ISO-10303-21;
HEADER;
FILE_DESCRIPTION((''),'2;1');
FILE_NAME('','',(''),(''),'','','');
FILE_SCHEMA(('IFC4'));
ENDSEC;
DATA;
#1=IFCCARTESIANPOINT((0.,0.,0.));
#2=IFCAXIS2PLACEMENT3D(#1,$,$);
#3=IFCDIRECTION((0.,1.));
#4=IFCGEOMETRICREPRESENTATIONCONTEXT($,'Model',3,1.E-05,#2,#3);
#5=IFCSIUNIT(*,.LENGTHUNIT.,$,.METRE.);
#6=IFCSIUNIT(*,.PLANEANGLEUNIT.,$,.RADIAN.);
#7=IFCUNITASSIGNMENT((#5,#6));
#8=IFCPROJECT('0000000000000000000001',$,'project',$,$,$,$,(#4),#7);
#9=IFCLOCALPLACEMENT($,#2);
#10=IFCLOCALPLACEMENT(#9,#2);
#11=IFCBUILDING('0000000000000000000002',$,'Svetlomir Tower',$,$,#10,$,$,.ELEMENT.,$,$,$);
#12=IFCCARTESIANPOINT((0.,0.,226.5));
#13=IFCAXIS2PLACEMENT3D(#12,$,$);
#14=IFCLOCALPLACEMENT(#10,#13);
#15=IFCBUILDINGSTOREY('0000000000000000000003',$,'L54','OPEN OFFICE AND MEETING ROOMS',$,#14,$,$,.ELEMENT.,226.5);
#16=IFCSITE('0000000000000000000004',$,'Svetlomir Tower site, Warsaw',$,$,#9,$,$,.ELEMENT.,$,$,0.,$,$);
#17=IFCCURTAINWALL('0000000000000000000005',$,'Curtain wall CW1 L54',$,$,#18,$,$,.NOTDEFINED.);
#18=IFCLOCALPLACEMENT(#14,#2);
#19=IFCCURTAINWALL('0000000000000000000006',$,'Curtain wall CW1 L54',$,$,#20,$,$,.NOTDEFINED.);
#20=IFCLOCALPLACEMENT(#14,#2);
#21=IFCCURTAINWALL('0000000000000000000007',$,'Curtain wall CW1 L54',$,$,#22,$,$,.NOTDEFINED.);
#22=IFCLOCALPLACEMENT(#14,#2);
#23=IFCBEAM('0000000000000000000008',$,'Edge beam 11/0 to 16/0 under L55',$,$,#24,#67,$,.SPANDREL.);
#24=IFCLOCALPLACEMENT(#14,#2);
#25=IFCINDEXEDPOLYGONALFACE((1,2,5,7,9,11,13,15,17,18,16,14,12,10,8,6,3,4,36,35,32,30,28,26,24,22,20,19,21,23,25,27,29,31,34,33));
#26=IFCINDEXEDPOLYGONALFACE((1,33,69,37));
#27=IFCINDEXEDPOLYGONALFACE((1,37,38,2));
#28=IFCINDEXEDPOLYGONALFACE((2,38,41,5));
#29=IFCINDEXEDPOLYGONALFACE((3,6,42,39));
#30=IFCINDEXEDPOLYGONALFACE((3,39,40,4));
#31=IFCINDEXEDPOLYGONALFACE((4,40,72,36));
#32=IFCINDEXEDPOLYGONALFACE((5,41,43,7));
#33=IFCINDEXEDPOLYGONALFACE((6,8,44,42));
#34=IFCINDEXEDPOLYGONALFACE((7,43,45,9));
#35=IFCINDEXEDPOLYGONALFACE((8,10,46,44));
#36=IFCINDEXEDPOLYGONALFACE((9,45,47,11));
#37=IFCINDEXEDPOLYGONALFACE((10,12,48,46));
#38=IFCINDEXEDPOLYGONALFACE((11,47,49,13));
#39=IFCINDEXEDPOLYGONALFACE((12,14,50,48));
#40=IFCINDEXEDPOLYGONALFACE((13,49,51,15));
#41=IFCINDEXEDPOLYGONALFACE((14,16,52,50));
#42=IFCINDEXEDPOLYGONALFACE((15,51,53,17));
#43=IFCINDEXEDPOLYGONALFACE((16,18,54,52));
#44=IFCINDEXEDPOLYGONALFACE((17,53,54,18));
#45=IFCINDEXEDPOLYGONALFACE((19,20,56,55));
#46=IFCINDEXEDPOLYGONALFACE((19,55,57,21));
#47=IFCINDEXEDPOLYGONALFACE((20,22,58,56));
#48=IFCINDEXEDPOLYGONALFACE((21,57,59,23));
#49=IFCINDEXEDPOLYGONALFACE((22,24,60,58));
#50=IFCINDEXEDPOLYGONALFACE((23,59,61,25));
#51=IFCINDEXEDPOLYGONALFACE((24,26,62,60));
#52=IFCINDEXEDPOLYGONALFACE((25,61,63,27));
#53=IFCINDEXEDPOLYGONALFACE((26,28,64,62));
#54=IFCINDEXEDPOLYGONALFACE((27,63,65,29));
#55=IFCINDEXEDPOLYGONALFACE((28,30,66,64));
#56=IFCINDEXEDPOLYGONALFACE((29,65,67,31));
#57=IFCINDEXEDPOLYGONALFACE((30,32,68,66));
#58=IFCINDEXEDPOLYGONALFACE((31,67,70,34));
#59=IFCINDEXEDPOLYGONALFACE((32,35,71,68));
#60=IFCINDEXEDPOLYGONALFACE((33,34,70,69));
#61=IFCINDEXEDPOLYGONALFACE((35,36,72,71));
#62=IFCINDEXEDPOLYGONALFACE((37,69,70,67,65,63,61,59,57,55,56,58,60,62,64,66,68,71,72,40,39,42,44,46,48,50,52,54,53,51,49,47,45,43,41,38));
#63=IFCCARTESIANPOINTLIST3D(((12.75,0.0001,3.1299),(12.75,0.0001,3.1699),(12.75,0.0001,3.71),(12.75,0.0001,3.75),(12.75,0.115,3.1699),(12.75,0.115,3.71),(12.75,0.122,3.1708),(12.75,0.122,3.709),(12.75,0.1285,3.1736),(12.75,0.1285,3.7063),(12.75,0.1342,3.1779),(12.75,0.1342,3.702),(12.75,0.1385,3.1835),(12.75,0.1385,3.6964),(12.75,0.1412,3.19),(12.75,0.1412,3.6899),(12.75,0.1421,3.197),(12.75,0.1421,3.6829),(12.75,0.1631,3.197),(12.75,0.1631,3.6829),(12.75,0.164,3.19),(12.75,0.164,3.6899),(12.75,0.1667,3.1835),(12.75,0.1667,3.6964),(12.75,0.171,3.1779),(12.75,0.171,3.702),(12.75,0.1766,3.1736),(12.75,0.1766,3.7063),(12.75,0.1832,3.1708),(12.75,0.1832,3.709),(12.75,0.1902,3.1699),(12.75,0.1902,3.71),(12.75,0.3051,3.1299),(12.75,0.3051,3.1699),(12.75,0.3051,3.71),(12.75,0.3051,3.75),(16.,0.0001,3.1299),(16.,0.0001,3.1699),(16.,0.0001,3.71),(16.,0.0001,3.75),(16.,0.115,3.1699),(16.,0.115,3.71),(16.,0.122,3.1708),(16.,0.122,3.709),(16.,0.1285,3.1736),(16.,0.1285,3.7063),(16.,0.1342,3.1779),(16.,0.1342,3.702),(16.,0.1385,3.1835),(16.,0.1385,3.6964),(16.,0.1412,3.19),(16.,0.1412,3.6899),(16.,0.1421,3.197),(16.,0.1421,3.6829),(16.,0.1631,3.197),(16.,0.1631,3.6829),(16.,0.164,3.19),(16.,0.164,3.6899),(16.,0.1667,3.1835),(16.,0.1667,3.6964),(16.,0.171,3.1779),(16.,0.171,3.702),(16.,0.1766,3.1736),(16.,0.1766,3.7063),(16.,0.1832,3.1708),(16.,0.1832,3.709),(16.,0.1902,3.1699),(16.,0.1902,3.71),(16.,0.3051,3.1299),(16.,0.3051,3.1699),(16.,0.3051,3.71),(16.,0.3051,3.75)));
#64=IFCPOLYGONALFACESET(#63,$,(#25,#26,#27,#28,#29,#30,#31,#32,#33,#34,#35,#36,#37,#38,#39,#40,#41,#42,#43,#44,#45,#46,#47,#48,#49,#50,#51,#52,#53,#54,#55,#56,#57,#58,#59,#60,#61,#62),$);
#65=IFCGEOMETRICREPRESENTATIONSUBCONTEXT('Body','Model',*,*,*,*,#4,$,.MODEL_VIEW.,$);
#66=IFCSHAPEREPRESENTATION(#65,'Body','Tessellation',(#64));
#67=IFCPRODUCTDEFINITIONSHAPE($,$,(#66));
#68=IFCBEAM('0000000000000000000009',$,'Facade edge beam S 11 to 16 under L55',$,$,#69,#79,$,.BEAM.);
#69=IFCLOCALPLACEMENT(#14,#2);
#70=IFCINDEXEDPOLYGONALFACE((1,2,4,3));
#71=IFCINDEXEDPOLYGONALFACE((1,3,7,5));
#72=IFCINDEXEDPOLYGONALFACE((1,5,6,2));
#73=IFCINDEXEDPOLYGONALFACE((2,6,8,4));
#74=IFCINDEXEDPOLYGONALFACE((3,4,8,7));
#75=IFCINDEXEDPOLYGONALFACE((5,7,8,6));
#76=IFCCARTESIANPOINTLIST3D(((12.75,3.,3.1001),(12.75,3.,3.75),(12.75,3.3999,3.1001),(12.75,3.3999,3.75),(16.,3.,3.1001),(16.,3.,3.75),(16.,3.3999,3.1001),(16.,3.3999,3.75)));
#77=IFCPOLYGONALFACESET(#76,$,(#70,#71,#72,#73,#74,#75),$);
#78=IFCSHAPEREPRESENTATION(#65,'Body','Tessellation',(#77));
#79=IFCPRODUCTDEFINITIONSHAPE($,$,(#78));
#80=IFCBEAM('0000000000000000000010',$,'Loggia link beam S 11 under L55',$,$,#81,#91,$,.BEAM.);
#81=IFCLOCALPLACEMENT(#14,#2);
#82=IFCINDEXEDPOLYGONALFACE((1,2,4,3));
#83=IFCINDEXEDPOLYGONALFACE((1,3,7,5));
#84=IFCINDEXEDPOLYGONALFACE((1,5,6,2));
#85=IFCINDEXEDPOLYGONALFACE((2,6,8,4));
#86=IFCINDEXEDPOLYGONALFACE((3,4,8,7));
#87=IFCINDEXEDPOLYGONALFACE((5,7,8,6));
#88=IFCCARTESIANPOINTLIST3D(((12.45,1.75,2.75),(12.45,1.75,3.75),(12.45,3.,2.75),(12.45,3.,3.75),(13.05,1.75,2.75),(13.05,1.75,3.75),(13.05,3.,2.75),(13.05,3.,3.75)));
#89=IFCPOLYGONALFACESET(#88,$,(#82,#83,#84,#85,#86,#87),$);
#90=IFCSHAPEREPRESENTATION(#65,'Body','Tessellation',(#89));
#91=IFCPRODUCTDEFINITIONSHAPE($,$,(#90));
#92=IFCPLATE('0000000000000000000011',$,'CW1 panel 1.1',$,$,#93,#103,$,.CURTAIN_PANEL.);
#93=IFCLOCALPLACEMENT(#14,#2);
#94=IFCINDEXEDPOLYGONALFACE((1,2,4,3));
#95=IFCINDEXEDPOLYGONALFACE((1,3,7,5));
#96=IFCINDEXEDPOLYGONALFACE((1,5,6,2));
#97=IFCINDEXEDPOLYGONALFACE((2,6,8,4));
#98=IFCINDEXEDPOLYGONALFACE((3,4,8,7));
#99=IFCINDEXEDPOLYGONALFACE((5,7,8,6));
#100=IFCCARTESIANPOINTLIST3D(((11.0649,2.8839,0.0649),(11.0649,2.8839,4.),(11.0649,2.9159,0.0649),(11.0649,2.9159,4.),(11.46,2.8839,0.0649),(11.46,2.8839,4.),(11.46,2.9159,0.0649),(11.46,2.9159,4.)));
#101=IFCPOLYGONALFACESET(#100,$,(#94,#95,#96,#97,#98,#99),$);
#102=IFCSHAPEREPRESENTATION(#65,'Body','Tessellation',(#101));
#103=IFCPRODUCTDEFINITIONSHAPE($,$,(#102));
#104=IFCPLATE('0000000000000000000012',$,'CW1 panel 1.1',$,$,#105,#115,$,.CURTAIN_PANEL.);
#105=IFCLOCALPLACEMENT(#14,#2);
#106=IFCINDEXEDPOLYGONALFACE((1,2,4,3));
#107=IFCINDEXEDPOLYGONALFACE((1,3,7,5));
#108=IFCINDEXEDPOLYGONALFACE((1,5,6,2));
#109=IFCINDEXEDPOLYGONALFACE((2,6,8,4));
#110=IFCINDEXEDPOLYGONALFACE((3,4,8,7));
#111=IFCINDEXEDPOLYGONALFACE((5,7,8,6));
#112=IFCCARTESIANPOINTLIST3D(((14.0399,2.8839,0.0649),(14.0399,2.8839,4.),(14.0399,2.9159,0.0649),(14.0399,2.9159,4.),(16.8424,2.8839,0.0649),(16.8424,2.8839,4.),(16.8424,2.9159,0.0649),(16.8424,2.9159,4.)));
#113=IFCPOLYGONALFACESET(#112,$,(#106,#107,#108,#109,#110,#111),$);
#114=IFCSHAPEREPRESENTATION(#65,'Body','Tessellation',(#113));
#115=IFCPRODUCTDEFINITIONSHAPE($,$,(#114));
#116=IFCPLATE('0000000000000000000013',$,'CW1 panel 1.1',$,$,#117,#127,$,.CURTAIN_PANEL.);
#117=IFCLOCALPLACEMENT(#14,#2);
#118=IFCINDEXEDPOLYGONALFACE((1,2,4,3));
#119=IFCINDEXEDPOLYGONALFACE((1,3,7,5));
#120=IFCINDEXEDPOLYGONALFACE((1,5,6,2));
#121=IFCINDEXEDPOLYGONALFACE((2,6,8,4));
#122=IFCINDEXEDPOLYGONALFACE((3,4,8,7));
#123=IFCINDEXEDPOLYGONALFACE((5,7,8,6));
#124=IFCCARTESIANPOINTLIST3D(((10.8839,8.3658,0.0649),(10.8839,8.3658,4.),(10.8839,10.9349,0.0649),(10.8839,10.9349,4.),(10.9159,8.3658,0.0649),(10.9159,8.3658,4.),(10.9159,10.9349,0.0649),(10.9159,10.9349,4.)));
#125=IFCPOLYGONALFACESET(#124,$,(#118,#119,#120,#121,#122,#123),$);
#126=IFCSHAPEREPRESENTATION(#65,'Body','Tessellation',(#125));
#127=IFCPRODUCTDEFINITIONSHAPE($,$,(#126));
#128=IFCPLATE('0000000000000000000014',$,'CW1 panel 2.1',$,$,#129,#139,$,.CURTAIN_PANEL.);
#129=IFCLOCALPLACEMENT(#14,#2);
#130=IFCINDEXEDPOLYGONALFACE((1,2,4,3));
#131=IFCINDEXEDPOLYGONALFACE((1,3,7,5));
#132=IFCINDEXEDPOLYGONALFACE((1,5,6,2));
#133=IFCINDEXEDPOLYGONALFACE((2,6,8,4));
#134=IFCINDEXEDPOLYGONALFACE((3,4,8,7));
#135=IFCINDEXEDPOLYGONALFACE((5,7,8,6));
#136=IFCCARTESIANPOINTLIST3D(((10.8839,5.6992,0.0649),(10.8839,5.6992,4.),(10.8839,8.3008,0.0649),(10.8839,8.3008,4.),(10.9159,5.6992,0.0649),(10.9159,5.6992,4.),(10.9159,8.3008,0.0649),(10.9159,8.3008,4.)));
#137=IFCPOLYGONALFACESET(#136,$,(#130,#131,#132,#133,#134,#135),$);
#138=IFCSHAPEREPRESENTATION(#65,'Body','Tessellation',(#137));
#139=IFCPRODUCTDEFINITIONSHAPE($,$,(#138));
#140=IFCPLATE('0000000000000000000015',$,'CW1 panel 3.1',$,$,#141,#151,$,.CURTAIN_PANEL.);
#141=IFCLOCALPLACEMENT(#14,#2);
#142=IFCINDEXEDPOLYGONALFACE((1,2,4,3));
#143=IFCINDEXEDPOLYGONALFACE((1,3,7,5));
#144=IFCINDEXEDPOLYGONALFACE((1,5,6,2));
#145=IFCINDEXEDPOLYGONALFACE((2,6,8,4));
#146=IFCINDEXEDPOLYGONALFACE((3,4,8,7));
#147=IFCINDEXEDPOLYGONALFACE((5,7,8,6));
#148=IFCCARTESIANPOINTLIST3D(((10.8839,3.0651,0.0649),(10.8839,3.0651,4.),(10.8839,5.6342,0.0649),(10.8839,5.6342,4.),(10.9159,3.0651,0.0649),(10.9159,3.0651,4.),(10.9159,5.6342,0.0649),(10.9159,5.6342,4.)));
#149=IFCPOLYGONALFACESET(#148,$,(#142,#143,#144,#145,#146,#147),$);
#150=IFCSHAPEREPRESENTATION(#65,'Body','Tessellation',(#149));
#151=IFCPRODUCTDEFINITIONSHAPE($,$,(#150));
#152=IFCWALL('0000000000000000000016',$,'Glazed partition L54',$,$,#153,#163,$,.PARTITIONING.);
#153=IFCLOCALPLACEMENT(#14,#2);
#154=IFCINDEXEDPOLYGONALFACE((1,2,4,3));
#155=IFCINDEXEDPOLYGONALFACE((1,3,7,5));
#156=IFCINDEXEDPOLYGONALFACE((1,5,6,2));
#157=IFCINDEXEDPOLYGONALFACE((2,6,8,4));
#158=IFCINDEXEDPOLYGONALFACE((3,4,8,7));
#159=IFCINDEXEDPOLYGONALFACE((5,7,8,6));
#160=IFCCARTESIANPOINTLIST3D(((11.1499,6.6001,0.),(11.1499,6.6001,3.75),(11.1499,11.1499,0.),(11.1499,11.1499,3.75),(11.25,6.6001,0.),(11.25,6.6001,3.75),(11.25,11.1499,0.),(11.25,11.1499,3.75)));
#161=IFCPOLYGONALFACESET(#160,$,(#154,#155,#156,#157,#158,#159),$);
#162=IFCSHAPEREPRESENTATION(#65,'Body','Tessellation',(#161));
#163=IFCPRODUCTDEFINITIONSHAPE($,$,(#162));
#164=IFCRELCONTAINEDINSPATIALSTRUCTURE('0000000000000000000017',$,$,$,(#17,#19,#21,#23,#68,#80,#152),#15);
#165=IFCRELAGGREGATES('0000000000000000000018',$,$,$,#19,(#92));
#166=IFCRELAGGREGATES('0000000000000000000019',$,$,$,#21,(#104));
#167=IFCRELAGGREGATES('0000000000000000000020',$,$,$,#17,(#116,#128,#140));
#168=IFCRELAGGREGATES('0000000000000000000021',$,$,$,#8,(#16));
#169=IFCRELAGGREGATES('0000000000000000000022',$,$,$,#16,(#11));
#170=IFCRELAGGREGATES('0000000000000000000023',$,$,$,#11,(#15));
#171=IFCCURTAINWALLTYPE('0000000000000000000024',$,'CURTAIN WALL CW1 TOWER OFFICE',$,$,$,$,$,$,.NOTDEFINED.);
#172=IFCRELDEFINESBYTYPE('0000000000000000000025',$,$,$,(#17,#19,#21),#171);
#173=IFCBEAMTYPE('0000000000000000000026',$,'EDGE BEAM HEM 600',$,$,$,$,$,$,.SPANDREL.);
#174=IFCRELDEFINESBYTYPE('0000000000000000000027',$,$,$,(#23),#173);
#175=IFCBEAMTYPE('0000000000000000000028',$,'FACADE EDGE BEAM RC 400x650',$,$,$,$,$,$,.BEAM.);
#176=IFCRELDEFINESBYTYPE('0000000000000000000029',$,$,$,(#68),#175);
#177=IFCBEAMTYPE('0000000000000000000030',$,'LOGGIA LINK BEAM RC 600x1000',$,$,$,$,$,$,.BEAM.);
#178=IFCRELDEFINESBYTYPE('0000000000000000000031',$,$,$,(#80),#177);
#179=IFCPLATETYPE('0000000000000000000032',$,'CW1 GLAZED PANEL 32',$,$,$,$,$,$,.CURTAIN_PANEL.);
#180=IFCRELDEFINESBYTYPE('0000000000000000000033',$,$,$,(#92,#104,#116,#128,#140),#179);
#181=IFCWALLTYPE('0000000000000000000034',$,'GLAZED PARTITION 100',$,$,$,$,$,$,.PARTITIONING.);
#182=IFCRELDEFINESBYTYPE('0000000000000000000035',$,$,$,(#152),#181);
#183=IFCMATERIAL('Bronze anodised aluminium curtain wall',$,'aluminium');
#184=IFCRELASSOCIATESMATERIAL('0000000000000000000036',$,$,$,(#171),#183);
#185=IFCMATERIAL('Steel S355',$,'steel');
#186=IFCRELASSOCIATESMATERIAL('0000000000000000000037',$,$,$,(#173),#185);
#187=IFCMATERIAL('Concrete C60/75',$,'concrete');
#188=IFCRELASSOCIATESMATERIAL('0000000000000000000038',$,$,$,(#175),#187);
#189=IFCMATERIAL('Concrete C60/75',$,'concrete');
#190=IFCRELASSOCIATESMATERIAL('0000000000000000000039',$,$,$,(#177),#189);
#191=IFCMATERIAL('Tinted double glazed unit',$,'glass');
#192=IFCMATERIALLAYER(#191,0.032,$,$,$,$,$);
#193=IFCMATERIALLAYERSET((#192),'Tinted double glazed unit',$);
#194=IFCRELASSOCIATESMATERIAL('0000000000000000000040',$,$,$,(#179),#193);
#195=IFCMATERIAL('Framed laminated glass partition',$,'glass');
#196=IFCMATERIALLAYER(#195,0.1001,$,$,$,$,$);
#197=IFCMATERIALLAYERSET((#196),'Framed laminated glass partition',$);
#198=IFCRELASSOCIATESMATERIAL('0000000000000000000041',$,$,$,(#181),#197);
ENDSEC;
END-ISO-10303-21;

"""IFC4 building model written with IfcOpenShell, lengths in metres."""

from ifc_helpers import new_model, si_unit, direction, frame, frame_2d, origin, origin_2d, place, context, subcontext, project, spatial, rectangle, i_section, extrude, material, layer, layer_set, material_profile, profile_set, type_object, element, aggregate, save


model = new_model("IFC4")

# Units and contexts
model_context = context("Model", 3, precision=1e-05, world=origin(), true_north=direction((0.0, 1.0)))
body_context = subcontext(model_context, "Body", "Model", "MODEL_VIEW")
ifc_project = project(units=[si_unit("LENGTHUNIT", "METRE"), si_unit("PLANEANGLEUNIT", "RADIAN")], contexts=[model_context])

# Site, building, storey
site_placement = place(None, origin())
site = spatial("IfcSite", under=ifc_project, at=site_placement, Name="Svetlomir Tower site, Warsaw", CompositionType="ELEMENT", RefElevation=0.0)
building_placement = place(site_placement, origin())
building = spatial("IfcBuilding", under=site, at=building_placement, Name="Svetlomir Tower", CompositionType="ELEMENT")
storey_placement = place(building_placement, frame((0.0, 0.0, 226.5)))
storey = spatial("IfcBuildingStorey", under=building, at=storey_placement, Name="L54", Description="OPEN OFFICE AND MEETING ROOMS", CompositionType="ELEMENT", Elevation=226.5)

# Curtain wall
ifc_material_1 = material(Name="Bronze anodised aluminium curtain wall", Category="aluminium")
curtain_wall_type = type_object("IfcCurtainWallType", Name="CURTAIN WALL CW1 TOWER OFFICE", PredefinedType="NOTDEFINED", material=ifc_material_1)
curtain_wall_1_placement = place(storey_placement, origin())
curtain_wall_1 = element("IfcCurtainWall", 1, at=curtain_wall_1_placement, inside=storey, type_object=curtain_wall_type, Name="Curtain wall CW1 L54", PredefinedType="NOTDEFINED")

# Curtain wall
curtain_wall_2_placement = place(storey_placement, origin())
curtain_wall_2 = element("IfcCurtainWall", 2, at=curtain_wall_2_placement, inside=storey, type_object=curtain_wall_type, Name="Curtain wall CW1 L54", PredefinedType="NOTDEFINED")

# Curtain wall
curtain_wall_3_placement = place(storey_placement, origin())
curtain_wall_3 = element("IfcCurtainWall", 3, at=curtain_wall_3_placement, inside=storey, type_object=curtain_wall_type, Name="Curtain wall CW1 L54", PredefinedType="NOTDEFINED")

# Beams
ifc_material_2 = material(Name="Steel S355", Category="steel")
ifc_material_profile_1 = material_profile(ifc_material_2, i_section(OverallWidth=0.3049, OverallDepth=0.6201, WebThickness=0.021, FlangeThickness=0.04, FilletRadius=0.0271, at=origin_2d()), Name="HEM 600")
ifc_profile_set_1 = profile_set([ifc_material_profile_1], Name="Steel S355")
beam_type_1 = type_object("IfcBeamType", Name="EDGE BEAM HEM 600", PredefinedType="SPANDREL", material=ifc_profile_set_1)
beam_1_placement = place(storey_placement, frame((12.75, 0.1526, 3.4399), z_axis=(1.0, 0.0, 0.0), x_axis=(0.0, 1.0, 0.0)))
element("IfcBeam", 4, at=beam_1_placement, inside=storey, type_object=beam_type_1, Name="Edge beam 11/0 to 16/0 under L55", PredefinedType="SPANDREL", context=body_context, shape_type="SweptSolid", body=[
    extrude(i_section(OverallWidth=0.3049, OverallDepth=0.6201, WebThickness=0.021, FlangeThickness=0.04, FilletRadius=0.0271, at=origin_2d()), origin(), (0.0, 0.0, 1.0), 3.25),
])
ifc_material_3 = material(Name="Concrete C60/75", Category="concrete")
ifc_material_profile_2 = material_profile(ifc_material_3, rectangle(XDim=0.3999, YDim=0.6499, at=origin_2d()), Name="RC 400x650")
ifc_profile_set_2 = profile_set([ifc_material_profile_2], Name="Concrete C60/75")
beam_type_2 = type_object("IfcBeamType", Name="FACADE EDGE BEAM RC 400x650", PredefinedType="BEAM", material=ifc_profile_set_2)
beam_2_placement = place(storey_placement, frame((12.75, 3.2, 3.425), z_axis=(1.0, 0.0, 0.0), x_axis=(0.0, 1.0, 0.0)))
element("IfcBeam", 5, at=beam_2_placement, inside=storey, type_object=beam_type_2, Name="Facade edge beam S 11 to 16 under L55", PredefinedType="BEAM", context=body_context, shape_type="SweptSolid", body=[
    extrude(rectangle(XDim=0.3999, YDim=0.6499, at=origin_2d()), origin(), (0.0, 0.0, 1.0), 3.25),
])
ifc_material_4 = material(Name="Concrete C60/75", Category="concrete")
ifc_material_profile_3 = material_profile(ifc_material_4, rectangle(XDim=0.6001, YDim=1.0, at=origin_2d()), Name="RC 600x1000")
ifc_profile_set_3 = profile_set([ifc_material_profile_3], Name="Concrete C60/75")
beam_type_3 = type_object("IfcBeamType", Name="LOGGIA LINK BEAM RC 600x1000", PredefinedType="BEAM", material=ifc_profile_set_3)
beam_3_placement = place(storey_placement, frame((12.75, 1.75, 3.25), z_axis=(0.0, 1.0, 0.0), x_axis=(-1.0, 0.0, 0.0)))
element("IfcBeam", 6, at=beam_3_placement, inside=storey, type_object=beam_type_3, Name="Loggia link beam S 11 under L55", PredefinedType="BEAM", context=body_context, shape_type="SweptSolid", body=[
    extrude(rectangle(XDim=0.6001, YDim=1.0, at=origin_2d()), origin(), (0.0, 0.0, 1.0), 1.25),
])

# Plates
ifc_material_5 = material(Name="Tinted double glazed unit", Category="glass")
ifc_layer_1 = layer(ifc_material_5, 0.032)
ifc_layer_set_1 = layer_set([ifc_layer_1], Name="Tinted double glazed unit")
plate_type = type_object("IfcPlateType", Name="CW1 GLAZED PANEL 32", PredefinedType="CURTAIN_PANEL", material=ifc_layer_set_1)
plate_1_placement = place(storey_placement, frame((11.2625, 2.8999, 0.0649), z_axis=(0.0, 0.0, 1.0), x_axis=(1.0, 0.0, 0.0)))
plate_1 = element("IfcPlate", 7, at=plate_1_placement, type_object=plate_type, Name="CW1 panel 1.1", PredefinedType="CURTAIN_PANEL", context=body_context, shape_type="SweptSolid", body=[
    extrude(rectangle(XDim=0.395, YDim=0.032, at=origin_2d()), origin(), (0.0, 0.0, 1.0), 3.9351),
])
aggregate(curtain_wall_2, [plate_1])
plate_2_placement = place(storey_placement, frame((15.4412, 2.8999, 0.0649), z_axis=(0.0, 0.0, 1.0), x_axis=(1.0, 0.0, 0.0)))
plate_2 = element("IfcPlate", 8, at=plate_2_placement, type_object=plate_type, Name="CW1 panel 1.1", PredefinedType="CURTAIN_PANEL", context=body_context, shape_type="SweptSolid", body=[
    extrude(rectangle(XDim=2.8025, YDim=0.032, at=origin_2d()), origin(), (0.0, 0.0, 1.0), 3.9351),
])
aggregate(curtain_wall_3, [plate_2])
plate_3_placement = place(storey_placement, frame((10.8999, 9.6504, 0.0649), z_axis=(0.0, 0.0, 1.0), x_axis=(0.0, -1.0, 0.0)))
plate_3 = element("IfcPlate", 9, at=plate_3_placement, type_object=plate_type, Name="CW1 panel 1.1", PredefinedType="CURTAIN_PANEL", context=body_context, shape_type="SweptSolid", body=[
    extrude(rectangle(XDim=2.5691, YDim=0.032, at=origin_2d()), origin(), (0.0, 0.0, 1.0), 3.9351),
])
plate_4_placement = place(storey_placement, frame((10.8999, 7.0, 0.0649), z_axis=(0.0, 0.0, 1.0), x_axis=(0.0, -1.0, 0.0)))
plate_4 = element("IfcPlate", 10, at=plate_4_placement, type_object=plate_type, Name="CW1 panel 2.1", PredefinedType="CURTAIN_PANEL", context=body_context, shape_type="SweptSolid", body=[
    extrude(rectangle(XDim=2.6016, YDim=0.032, at=origin_2d()), origin(), (0.0, 0.0, 1.0), 3.9351),
])
plate_5_placement = place(storey_placement, frame((10.8999, 4.3496, 0.0649), z_axis=(0.0, 0.0, 1.0), x_axis=(0.0, -1.0, 0.0)))
plate_5 = element("IfcPlate", 11, at=plate_5_placement, type_object=plate_type, Name="CW1 panel 3.1", PredefinedType="CURTAIN_PANEL", context=body_context, shape_type="SweptSolid", body=[
    extrude(rectangle(XDim=2.5691, YDim=0.032, at=origin_2d()), origin(), (0.0, 0.0, 1.0), 3.9351),
])
aggregate(curtain_wall_1, [plate_3, plate_4, plate_5])

# Wall
ifc_material_6 = material(Name="Framed laminated glass partition", Category="glass")
ifc_layer_2 = layer(ifc_material_6, 0.1001)
ifc_layer_set_2 = layer_set([ifc_layer_2], Name="Framed laminated glass partition")
wall_type = type_object("IfcWallType", Name="GLAZED PARTITION 100", PredefinedType="PARTITIONING", material=ifc_layer_set_2)
wall_1_placement = place(storey_placement, frame((11.2, 6.6001, 0.0), z_axis=(0.0, 0.0, 1.0), x_axis=(0.0, 1.0, 0.0)))
element("IfcWall", 12, at=wall_1_placement, inside=storey, type_object=wall_type, Name="Glazed partition L54", PredefinedType="PARTITIONING", context=body_context, shape_type="SweptSolid", body=[
    extrude(rectangle(XDim=4.5498, YDim=0.1001, at=frame_2d((2.2749, 0.0))), origin(), (0.0, 0.0, 1.0), 3.75),
])

save(model, "model.ifc")
